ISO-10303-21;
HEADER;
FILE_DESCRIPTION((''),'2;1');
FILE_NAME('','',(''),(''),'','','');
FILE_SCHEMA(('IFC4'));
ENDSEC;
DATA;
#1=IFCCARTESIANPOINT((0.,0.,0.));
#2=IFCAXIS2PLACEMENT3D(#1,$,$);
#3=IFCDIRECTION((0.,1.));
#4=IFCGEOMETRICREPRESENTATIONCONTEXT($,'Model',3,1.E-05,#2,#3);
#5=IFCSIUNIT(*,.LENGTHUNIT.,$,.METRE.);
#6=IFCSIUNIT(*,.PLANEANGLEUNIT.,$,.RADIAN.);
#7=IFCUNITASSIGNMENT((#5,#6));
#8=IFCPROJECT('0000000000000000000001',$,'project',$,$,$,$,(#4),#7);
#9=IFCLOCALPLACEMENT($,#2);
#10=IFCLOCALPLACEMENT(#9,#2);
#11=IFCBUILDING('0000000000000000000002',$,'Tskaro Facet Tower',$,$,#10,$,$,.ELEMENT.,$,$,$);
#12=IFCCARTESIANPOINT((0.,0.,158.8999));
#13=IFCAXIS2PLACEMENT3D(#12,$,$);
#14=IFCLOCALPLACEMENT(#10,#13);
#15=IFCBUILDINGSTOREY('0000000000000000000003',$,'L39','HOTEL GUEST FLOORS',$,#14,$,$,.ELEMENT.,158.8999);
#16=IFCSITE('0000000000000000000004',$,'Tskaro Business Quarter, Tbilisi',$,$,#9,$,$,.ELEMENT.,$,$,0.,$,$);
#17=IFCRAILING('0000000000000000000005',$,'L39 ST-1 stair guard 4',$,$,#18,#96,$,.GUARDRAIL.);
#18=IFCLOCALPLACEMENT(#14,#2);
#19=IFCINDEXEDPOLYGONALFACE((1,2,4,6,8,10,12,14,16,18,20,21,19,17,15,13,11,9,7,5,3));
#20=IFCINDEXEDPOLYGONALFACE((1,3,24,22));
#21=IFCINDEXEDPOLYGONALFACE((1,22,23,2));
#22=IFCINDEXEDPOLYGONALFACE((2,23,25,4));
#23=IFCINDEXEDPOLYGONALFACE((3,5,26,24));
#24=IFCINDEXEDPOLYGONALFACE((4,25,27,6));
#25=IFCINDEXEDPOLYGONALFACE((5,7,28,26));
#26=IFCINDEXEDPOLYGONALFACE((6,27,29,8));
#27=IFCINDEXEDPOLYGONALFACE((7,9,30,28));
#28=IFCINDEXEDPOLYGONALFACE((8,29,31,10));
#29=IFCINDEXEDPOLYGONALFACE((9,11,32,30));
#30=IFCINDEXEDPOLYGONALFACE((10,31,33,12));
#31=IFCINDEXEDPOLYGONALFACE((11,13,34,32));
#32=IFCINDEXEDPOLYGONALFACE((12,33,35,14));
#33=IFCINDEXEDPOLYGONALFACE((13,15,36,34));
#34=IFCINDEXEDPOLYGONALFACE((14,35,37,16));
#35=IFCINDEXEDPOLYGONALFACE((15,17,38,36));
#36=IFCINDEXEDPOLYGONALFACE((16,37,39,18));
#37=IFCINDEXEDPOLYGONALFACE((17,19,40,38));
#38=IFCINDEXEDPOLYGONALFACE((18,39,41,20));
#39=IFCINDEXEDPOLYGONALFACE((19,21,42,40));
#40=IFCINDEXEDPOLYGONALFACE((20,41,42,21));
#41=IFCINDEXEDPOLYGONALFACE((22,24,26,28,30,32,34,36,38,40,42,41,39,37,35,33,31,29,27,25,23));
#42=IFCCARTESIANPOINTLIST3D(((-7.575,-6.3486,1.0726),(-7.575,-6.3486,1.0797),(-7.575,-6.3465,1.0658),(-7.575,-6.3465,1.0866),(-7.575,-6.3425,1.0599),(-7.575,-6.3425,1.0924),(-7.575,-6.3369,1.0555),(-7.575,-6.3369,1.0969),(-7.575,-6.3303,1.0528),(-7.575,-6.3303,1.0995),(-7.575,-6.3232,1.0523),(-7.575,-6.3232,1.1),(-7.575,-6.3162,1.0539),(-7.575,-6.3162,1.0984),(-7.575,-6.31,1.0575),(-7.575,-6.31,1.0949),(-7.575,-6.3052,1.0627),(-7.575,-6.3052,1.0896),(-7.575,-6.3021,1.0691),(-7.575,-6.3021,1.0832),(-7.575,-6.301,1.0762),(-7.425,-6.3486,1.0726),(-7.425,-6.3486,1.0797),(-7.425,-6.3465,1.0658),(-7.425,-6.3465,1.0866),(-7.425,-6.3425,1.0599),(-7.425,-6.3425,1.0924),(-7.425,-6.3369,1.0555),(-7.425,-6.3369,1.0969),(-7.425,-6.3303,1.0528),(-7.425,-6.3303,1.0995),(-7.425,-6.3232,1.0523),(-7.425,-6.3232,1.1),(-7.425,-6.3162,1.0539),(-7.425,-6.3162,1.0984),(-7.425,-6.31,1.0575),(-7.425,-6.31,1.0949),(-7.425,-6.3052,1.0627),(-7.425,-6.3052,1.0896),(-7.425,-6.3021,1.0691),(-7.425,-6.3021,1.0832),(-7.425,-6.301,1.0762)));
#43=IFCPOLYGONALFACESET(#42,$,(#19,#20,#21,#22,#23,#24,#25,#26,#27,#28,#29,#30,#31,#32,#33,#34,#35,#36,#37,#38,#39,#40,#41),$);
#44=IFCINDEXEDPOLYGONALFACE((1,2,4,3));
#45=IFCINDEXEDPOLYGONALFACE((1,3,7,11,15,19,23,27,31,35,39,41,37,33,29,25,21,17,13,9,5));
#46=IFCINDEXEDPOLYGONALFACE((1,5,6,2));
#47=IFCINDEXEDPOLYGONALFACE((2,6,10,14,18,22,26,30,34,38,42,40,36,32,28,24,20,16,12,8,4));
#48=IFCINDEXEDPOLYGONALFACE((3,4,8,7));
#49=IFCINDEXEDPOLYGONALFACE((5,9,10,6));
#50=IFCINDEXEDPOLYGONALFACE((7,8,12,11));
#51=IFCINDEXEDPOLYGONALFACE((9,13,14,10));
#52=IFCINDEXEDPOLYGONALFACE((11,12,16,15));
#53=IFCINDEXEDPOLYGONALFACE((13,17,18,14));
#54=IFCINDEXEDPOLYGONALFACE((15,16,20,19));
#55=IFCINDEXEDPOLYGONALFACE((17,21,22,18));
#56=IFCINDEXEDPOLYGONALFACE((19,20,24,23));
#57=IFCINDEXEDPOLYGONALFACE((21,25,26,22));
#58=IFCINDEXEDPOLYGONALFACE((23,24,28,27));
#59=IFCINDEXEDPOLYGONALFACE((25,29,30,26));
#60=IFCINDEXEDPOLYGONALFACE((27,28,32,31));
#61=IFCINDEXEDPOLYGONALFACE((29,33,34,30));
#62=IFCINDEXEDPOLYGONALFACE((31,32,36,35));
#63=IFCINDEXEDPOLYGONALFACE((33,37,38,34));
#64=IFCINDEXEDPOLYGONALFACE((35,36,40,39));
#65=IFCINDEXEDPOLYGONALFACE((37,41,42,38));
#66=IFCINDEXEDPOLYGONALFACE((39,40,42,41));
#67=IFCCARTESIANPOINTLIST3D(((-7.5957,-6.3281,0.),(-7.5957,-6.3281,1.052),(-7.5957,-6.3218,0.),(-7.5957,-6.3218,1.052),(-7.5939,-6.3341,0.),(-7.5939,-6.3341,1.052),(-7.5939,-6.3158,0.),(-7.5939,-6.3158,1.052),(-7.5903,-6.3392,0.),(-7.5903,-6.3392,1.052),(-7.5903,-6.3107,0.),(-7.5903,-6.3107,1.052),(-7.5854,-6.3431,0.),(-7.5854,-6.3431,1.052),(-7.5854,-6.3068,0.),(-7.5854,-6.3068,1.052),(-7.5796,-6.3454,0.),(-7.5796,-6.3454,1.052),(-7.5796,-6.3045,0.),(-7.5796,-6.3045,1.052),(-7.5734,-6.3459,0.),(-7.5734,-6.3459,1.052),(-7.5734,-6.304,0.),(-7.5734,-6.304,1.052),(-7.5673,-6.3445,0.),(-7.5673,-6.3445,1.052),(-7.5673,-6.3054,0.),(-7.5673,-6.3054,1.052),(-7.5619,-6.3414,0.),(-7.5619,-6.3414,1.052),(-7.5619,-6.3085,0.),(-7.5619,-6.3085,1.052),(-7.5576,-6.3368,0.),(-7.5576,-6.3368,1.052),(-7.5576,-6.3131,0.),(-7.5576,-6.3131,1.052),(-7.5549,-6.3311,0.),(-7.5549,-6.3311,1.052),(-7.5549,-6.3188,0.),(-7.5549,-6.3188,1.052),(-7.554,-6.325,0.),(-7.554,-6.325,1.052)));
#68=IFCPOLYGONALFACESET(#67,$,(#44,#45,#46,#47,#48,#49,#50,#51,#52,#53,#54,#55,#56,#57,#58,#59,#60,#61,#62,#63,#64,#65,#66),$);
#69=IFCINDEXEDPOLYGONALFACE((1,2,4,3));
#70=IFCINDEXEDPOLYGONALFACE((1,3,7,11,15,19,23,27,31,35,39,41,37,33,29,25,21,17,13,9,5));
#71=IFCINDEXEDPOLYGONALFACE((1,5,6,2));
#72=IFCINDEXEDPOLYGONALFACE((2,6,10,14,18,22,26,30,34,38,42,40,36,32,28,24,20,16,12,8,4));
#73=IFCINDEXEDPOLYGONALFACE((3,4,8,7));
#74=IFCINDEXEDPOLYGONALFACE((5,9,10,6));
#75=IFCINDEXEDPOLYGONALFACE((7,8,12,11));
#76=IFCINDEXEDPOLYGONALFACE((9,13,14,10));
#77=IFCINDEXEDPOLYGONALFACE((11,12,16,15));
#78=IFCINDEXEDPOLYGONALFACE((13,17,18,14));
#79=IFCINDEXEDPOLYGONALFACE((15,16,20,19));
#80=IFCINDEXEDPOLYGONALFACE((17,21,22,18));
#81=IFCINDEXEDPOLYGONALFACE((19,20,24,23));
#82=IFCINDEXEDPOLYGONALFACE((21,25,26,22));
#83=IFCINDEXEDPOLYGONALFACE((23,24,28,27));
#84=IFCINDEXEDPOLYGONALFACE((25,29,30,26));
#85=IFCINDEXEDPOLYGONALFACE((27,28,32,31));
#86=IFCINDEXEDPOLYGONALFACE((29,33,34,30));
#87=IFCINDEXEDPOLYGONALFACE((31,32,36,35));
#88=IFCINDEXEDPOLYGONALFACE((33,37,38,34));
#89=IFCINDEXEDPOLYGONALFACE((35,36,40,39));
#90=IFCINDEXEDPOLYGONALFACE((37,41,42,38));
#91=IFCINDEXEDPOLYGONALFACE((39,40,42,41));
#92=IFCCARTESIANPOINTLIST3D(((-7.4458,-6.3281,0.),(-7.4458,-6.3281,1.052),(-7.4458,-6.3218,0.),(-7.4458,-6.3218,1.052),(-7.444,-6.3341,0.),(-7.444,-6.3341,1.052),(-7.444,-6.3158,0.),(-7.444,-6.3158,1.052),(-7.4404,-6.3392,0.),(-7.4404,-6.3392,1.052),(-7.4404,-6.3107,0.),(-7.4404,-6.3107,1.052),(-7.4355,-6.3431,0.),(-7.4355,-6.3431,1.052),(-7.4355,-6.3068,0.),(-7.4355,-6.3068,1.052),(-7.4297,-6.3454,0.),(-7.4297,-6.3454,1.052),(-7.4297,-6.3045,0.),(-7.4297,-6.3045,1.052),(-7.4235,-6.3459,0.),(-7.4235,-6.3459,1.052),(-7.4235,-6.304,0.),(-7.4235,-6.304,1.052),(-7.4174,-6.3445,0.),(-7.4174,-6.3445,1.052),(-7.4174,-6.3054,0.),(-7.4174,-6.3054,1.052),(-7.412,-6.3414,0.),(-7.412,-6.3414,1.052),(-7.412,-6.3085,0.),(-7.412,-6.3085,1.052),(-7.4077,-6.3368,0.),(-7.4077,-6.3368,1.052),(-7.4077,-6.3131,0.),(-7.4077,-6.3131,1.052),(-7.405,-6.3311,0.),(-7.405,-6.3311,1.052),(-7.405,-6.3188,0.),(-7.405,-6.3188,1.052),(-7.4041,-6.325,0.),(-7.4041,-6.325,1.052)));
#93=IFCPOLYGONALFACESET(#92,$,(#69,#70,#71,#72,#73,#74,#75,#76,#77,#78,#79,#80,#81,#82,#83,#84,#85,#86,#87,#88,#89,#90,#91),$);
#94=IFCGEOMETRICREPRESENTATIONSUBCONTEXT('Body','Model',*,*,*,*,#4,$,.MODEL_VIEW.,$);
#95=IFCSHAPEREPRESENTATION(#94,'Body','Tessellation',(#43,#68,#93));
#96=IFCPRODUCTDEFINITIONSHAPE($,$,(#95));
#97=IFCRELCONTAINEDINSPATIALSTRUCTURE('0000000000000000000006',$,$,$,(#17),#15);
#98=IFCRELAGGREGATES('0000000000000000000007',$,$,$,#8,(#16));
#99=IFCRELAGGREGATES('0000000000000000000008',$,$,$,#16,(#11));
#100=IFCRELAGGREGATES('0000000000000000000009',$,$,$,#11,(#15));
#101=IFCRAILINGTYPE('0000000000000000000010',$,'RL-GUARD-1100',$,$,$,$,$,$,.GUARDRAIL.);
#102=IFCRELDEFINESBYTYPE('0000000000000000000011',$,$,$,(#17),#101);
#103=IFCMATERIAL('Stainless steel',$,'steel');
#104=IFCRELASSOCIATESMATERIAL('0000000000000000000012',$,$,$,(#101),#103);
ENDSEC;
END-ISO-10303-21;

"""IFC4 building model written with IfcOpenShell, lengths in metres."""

from ifc_helpers import new_model, si_unit, direction, frame, origin, origin_2d, place, context, subcontext, project, spatial, circle, extrude, material, type_object, element, save


model = new_model("IFC4")

# Units and contexts
model_context = context("Model", 3, precision=1e-05, world=origin(), true_north=direction((0.0, 1.0)))
body_context = subcontext(model_context, "Body", "Model", "MODEL_VIEW")
ifc_project = project(units=[si_unit("LENGTHUNIT", "METRE"), si_unit("PLANEANGLEUNIT", "RADIAN")], contexts=[model_context])

# Site, building, storey
site_placement = place(None, origin())
site = spatial("IfcSite", under=ifc_project, at=site_placement, Name="Tskaro Business Quarter, Tbilisi", CompositionType="ELEMENT", RefElevation=0.0)
building_placement = place(site_placement, origin())
building = spatial("IfcBuilding", under=site, at=building_placement, Name="Tskaro Facet Tower", CompositionType="ELEMENT")
storey_placement = place(building_placement, frame((0.0, 0.0, 158.8999)))
storey = spatial("IfcBuildingStorey", under=building, at=storey_placement, Name="L39", Description="HOTEL GUEST FLOORS", CompositionType="ELEMENT", Elevation=158.8999)

# Shared definitions
ifc_material_1 = material(Name="Stainless steel", Category="steel")

# Railing
railing_type_1 = type_object("IfcRailingType", Name="RL-GUARD-1100", PredefinedType="GUARDRAIL", material=ifc_material_1)
railing_1_placement = place(storey_placement, frame((-7.575, -6.325, 0.0)))
element("IfcRailing", 1, at=railing_1_placement, inside=storey, type_object=railing_type_1, Name="L39 ST-1 stair guard 4", PredefinedType="GUARDRAIL", context=body_context, shape_type="SweptSolid", body=[
    extrude(circle(Radius=0.0239, at=origin_2d()), frame((0.0, 0.0, 1.0762), z_axis=(1.0, 0.0, 0.0), x_axis=(0.0, 1.0, 0.0)), (0.0, 0.0, 1.0), 0.1499),
    extrude(circle(Radius=0.021, at=origin_2d()), origin(), (0.0, 0.0, 1.0), 1.052),
    extrude(circle(Radius=0.021, at=origin_2d()), frame((0.1499, 0.0, 0.0)), (0.0, 0.0, 1.0), 1.052),
])

save(model, "model.ifc")
